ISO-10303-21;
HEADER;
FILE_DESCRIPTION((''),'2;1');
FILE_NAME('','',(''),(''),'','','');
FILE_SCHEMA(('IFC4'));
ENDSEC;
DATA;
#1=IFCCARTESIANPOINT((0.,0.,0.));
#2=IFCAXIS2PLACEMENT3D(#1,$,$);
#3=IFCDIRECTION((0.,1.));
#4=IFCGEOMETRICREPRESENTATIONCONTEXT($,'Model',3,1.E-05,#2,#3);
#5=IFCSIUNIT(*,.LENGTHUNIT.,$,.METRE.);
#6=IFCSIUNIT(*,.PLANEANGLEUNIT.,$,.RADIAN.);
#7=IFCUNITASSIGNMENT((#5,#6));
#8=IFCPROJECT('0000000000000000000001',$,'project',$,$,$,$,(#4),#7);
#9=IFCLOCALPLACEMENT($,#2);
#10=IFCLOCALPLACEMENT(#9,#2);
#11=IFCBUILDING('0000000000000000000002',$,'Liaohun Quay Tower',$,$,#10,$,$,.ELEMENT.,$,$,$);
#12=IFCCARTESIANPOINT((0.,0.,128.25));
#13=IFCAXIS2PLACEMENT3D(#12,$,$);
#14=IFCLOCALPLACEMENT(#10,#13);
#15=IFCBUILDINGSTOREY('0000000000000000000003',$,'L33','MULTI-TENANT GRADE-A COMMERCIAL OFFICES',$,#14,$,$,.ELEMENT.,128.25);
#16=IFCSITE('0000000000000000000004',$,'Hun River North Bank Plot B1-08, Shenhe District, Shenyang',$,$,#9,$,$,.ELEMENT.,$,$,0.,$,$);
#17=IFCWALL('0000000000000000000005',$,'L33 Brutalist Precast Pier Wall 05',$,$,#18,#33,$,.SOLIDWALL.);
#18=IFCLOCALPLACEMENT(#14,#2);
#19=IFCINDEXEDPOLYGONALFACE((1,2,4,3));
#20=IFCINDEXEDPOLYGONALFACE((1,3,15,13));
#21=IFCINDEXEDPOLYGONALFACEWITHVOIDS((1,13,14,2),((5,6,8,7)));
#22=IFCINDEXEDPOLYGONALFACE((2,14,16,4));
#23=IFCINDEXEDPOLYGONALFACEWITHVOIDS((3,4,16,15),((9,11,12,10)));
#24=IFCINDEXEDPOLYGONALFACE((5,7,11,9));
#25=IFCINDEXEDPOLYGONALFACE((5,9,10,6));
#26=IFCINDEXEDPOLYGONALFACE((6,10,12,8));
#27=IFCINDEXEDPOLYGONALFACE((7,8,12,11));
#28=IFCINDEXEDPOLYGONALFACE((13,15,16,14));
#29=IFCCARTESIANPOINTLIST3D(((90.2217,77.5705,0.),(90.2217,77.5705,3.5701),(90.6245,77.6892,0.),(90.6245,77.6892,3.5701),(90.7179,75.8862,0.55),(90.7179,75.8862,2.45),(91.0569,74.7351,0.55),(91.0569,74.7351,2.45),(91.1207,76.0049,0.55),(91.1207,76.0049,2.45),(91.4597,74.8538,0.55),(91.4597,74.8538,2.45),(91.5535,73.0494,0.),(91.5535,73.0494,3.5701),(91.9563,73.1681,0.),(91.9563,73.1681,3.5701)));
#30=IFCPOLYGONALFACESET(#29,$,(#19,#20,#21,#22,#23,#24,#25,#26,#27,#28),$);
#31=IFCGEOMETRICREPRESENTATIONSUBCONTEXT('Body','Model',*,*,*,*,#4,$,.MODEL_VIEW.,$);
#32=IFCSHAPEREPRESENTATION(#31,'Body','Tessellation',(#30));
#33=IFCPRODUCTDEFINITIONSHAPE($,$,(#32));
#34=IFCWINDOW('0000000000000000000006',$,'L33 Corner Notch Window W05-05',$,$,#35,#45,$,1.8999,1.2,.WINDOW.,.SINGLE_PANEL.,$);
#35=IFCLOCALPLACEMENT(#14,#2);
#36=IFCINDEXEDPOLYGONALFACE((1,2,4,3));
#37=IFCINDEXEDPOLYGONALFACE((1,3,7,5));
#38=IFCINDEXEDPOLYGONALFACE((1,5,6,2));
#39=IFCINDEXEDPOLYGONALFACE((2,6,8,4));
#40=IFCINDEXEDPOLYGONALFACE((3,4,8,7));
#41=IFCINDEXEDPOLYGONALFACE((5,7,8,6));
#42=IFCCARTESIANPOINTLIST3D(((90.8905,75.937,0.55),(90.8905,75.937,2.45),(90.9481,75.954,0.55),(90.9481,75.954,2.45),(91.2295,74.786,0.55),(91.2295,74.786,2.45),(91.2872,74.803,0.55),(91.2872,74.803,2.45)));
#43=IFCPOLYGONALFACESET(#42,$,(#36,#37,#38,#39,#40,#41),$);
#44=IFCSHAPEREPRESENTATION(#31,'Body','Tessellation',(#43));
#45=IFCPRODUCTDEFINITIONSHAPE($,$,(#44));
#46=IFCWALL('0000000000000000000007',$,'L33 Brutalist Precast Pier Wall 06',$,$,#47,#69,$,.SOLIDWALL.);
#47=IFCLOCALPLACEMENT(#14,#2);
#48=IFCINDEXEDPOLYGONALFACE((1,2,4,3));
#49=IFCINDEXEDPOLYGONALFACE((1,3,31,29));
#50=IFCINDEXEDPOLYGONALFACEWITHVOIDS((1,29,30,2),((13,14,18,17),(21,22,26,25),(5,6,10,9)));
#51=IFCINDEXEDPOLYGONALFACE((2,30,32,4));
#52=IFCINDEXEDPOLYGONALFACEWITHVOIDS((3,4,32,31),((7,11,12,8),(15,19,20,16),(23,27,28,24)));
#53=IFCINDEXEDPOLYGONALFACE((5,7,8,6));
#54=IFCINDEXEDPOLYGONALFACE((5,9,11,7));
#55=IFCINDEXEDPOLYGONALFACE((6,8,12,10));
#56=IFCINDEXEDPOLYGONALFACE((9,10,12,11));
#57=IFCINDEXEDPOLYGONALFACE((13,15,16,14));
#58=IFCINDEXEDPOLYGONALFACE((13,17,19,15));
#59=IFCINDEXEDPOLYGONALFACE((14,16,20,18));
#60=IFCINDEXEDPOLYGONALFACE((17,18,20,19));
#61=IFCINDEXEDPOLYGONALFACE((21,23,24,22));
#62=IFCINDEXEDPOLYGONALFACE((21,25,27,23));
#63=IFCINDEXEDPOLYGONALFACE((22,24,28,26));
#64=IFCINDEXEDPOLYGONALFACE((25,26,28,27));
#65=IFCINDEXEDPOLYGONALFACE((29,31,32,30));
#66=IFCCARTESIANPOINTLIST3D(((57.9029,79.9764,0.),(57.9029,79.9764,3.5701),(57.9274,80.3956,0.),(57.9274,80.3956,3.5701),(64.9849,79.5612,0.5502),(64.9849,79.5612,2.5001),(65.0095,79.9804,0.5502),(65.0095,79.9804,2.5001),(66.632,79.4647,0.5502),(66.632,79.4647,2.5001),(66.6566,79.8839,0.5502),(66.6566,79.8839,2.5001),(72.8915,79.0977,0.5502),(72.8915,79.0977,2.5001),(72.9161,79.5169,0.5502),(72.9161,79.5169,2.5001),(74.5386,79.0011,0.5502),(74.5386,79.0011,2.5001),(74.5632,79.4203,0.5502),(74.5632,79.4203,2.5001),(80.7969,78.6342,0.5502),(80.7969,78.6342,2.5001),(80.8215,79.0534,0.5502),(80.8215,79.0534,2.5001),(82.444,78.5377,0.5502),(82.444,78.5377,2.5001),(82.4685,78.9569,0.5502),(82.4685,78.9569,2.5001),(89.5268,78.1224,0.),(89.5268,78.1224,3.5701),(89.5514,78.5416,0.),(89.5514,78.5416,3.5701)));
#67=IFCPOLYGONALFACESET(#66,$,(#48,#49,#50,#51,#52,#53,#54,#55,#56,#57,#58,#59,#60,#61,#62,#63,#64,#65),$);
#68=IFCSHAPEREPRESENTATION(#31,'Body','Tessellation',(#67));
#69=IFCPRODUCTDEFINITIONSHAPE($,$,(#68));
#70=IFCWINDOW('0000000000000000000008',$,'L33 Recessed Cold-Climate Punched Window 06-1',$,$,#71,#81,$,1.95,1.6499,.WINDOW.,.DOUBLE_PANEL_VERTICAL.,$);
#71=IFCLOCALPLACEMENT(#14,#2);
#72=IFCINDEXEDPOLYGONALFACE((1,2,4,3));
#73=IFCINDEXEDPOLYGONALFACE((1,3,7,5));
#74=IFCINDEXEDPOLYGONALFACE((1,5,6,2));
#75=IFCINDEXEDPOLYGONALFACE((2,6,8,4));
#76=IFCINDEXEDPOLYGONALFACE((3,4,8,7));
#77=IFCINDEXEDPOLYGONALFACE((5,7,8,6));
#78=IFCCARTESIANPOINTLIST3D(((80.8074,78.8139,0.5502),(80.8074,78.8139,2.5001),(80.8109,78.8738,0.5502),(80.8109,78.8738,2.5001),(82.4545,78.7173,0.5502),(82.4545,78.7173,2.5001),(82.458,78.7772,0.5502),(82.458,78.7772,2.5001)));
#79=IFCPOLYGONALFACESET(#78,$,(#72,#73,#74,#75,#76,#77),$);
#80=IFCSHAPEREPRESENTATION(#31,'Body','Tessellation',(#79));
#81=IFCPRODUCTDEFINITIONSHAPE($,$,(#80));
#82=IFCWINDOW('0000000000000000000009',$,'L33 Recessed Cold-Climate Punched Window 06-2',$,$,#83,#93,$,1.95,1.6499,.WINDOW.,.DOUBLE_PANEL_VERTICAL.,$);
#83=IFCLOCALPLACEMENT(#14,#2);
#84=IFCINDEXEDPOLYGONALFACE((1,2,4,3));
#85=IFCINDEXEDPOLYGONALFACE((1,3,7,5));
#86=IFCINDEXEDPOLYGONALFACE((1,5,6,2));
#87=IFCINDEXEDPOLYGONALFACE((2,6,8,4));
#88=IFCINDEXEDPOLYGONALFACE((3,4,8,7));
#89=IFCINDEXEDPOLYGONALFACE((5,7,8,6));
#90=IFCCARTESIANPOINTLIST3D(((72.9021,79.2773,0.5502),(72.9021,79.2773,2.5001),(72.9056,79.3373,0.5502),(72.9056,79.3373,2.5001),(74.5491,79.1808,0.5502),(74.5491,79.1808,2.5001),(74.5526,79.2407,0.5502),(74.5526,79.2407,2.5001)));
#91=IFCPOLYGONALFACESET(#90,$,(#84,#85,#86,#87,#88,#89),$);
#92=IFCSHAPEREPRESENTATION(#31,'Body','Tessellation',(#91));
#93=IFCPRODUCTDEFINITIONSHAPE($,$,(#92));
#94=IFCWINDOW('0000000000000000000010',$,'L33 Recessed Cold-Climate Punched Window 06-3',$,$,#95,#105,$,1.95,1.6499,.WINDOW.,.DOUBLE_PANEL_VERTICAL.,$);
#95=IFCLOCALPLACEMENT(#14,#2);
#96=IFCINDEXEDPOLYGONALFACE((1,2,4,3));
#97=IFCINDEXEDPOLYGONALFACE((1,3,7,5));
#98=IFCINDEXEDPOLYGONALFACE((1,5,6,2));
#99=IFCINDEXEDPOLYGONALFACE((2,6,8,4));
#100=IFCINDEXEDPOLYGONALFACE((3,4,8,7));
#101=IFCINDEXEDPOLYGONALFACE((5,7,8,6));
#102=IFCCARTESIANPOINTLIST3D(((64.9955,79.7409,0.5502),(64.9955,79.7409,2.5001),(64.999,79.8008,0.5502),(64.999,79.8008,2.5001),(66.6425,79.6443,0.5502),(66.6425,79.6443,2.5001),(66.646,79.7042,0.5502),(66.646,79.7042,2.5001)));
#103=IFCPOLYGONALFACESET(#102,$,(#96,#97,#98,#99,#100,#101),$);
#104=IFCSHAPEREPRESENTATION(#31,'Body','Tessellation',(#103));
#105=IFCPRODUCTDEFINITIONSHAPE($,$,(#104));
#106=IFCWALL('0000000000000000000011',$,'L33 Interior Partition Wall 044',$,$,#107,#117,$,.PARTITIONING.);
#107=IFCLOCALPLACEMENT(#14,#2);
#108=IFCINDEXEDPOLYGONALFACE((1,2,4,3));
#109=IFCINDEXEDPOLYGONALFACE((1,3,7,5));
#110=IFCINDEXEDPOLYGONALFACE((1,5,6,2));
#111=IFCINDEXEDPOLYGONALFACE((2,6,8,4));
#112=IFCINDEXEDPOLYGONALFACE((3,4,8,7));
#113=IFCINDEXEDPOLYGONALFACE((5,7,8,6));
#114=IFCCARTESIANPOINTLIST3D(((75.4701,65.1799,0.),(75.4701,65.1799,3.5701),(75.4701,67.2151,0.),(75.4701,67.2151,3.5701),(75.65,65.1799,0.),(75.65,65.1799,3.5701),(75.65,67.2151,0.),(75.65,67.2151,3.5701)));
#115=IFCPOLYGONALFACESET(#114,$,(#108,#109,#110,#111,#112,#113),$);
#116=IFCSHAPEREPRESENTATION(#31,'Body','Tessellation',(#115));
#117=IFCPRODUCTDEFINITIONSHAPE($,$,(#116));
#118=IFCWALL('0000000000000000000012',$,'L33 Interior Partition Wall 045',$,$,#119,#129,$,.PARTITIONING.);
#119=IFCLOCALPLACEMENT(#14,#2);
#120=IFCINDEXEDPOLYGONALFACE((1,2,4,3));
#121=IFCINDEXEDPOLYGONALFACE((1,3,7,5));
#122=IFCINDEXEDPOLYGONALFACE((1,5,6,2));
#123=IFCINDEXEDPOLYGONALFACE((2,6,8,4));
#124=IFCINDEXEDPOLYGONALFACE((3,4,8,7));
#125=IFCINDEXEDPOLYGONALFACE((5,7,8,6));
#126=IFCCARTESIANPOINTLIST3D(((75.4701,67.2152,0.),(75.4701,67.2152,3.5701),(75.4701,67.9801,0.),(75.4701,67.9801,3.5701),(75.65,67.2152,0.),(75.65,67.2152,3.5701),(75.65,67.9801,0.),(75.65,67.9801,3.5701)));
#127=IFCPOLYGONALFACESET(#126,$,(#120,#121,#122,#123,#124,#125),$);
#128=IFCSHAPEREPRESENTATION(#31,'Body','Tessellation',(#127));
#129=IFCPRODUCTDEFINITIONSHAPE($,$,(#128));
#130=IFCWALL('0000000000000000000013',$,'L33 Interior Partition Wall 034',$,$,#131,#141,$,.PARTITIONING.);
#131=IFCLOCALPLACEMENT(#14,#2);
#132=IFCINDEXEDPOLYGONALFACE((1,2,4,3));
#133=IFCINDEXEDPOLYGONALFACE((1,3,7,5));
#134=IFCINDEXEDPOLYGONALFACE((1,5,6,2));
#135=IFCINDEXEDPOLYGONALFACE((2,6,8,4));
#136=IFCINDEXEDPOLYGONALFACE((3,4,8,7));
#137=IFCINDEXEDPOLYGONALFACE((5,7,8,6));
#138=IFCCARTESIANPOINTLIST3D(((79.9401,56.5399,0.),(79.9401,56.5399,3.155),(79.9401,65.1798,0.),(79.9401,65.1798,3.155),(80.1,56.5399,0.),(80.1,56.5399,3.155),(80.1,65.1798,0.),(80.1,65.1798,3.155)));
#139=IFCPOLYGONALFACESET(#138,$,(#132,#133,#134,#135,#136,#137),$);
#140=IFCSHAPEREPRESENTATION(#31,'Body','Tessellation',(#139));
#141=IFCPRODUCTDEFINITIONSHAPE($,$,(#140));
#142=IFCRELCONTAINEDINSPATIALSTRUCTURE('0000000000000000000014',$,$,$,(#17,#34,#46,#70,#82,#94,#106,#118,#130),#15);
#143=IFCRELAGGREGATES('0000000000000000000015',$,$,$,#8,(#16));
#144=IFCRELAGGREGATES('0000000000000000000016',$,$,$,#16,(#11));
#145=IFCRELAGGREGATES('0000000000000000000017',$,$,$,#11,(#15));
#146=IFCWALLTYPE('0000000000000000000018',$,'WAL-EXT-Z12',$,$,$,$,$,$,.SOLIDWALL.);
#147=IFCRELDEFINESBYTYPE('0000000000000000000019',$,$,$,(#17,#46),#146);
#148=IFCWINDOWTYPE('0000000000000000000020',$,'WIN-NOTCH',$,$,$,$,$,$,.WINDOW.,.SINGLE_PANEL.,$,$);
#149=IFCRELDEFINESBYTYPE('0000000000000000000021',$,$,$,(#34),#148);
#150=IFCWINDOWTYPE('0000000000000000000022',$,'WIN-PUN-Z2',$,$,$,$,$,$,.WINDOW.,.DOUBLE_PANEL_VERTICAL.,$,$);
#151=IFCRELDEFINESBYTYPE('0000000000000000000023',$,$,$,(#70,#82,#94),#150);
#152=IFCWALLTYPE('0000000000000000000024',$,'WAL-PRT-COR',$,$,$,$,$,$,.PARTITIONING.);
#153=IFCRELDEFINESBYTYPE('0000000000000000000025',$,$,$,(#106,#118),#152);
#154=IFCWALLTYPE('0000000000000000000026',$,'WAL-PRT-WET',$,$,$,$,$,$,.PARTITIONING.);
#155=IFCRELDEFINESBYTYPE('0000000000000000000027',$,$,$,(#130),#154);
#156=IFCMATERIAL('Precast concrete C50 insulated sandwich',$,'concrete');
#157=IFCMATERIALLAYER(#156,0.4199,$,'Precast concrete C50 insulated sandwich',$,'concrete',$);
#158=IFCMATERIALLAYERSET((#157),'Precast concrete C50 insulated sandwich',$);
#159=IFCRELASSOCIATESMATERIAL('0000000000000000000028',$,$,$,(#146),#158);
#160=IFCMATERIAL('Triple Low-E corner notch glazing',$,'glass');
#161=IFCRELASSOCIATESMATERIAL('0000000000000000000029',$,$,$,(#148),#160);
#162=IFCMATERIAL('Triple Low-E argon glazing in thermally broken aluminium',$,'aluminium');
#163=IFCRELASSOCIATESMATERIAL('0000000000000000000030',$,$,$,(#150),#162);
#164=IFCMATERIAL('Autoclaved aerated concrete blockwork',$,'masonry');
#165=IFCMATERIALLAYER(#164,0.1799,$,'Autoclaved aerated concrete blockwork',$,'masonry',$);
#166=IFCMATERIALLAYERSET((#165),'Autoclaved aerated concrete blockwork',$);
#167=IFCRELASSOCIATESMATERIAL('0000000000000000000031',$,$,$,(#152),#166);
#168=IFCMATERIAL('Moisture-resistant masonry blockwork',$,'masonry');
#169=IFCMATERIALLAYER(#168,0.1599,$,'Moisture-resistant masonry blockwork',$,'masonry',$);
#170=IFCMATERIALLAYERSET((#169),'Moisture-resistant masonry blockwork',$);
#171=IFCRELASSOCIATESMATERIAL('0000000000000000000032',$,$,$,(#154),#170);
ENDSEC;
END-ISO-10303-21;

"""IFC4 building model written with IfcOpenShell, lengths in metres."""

from ifc_helpers import new_model, si_unit, direction, frame, frame_2d, origin, place, context, subcontext, project, spatial, rectangle, extrude, source, transform, mapped, material, layer, layer_set, type_object, element, fill, save


model = new_model("IFC4")

# Units and contexts
model_context = context("Model", 3, precision=1e-05, world=origin(), true_north=direction((0.0, 1.0)))
body_context = subcontext(model_context, "Body", "Model", "MODEL_VIEW")
ifc_project = project(units=[si_unit("LENGTHUNIT", "METRE"), si_unit("PLANEANGLEUNIT", "RADIAN")], contexts=[model_context])

# Site, building, storey
site_placement = place(None, origin())
site = spatial("IfcSite", under=ifc_project, at=site_placement, Name="Hun River North Bank Plot B1-08, Shenhe District, Shenyang", CompositionType="ELEMENT", RefElevation=0.0)
building_placement = place(site_placement, origin())
building = spatial("IfcBuilding", under=site, at=building_placement, Name="Liaohun Quay Tower", CompositionType="ELEMENT")
storey_placement = place(building_placement, frame((0.0, 0.0, 128.25)))
storey = spatial("IfcBuildingStorey", under=building, at=storey_placement, Name="L33", Description="MULTI-TENANT GRADE-A COMMERCIAL OFFICES", CompositionType="ELEMENT", Elevation=128.25)

# Wall, opening, window
ifc_material_1 = material(Name="Precast concrete C50 insulated sandwich", Category="concrete")
ifc_layer_1 = layer(ifc_material_1, 0.4199, Name="Precast concrete C50 insulated sandwich", Category="concrete")
ifc_layer_set_1 = layer_set([ifc_layer_1], Name="Precast concrete C50 insulated sandwich")
wall_type_1 = type_object("IfcWallType", Name="WAL-EXT-Z12", PredefinedType="SOLIDWALL", material=ifc_layer_set_1)
shared_shape_1 = source(origin(), body_context, "Body", "SweptSolid", [
    extrude(rectangle(XDim=1.2, YDim=1.8999, at=frame_2d((0.6001, 0.95))), frame((0.0, 0.22, 0.0), z_axis=(0.0, -1.0, 0.0), x_axis=(1.0, 0.0, 0.0)), (0.0, 0.0, 1.0), 0.4399),
])
ifc_material_2 = material(Name="Triple Low-E corner notch glazing", Category="glass")
window_type_1 = type_object("IfcWindowType", Name="WIN-NOTCH", PartitioningType="SINGLE_PANEL", PredefinedType="WINDOW", material=ifc_material_2)
shared_shape_2 = source(origin(), body_context, "Body", "SweptSolid", [
    extrude(rectangle(XDim=1.2, YDim=1.8999, at=frame_2d((0.6001, 0.95))), frame((0.0, 0.03, 0.0), z_axis=(0.0, -1.0, 0.0), x_axis=(1.0, 0.0, 0.0)), (0.0, 0.0, 1.0), 0.0601),
])
wall_1_placement = place(storey_placement, frame((91.7549, 73.1089, 0.0), z_axis=(0.0, 0.0, 1.0), x_axis=(-0.282573, 0.959246, 0.0)))
wall_1 = element("IfcWall", 1, at=wall_1_placement, inside=storey, type_object=wall_type_1, Name="L33 Brutalist Precast Pier Wall 05", PredefinedType="SOLIDWALL", context=body_context, shape_type="SweptSolid", body=[
    extrude(rectangle(XDim=4.7131, YDim=0.4199, at=frame_2d((2.3564, 0.0))), origin(), (0.0, 0.0, 1.0), 3.5701),
])
opening_1_placement = place(wall_1_placement, frame((1.7571, 0.0, 0.55)))
opening_1 = element("IfcOpeningElement", 2, at=opening_1_placement, cuts=wall_1, PredefinedType="OPENING", context=body_context, shape_type="MappedRepresentation", body=[
    mapped(shared_shape_1, transform((0.0, 0.0, 0.0), x_axis=(1.0, 0.0, 0.0), y_axis=(0.0, 1.0, 0.0), z_axis=(0.0, 0.0, 1.0), scale=1.0)),
])
window_1_placement = place(opening_1_placement, origin())
window_1 = element("IfcWindow", 3, at=window_1_placement, inside=storey, type_object=window_type_1, Name="L33 Corner Notch Window W05-05", OverallHeight=1.8999, OverallWidth=1.2, PartitioningType="SINGLE_PANEL", PredefinedType="WINDOW", context=body_context, shape_type="MappedRepresentation", body=[
    mapped(shared_shape_2, transform((0.0, 0.0, 0.0), x_axis=(1.0, 0.0, 0.0), y_axis=(0.0, 1.0, 0.0), z_axis=(0.0, 0.0, 1.0), scale=1.0)),
])
fill(opening_1, window_1)

# Wall, openings, windows
wall_2_placement = place(storey_placement, frame((89.5391, 78.332, 0.0), z_axis=(0.0, 0.0, 1.0), x_axis=(-0.998286, 0.058526, 0.0)))
wall_2 = element("IfcWall", 4, at=wall_2_placement, inside=storey, type_object=wall_type_1, Name="L33 Brutalist Precast Pier Wall 06", PredefinedType="SOLIDWALL", context=body_context, shape_type="SweptSolid", body=[
    extrude(rectangle(XDim=31.6782, YDim=0.4199, at=frame_2d((15.8391, 0.0))), origin(), (0.0, 0.0, 1.0), 3.5701),
])
shared_shape_3 = source(origin(), body_context, "Body", "SweptSolid", [
    extrude(rectangle(XDim=1.6499, YDim=1.95, at=frame_2d((0.825, 0.9751))), frame((0.0, 0.22, 0.0), z_axis=(0.0, -1.0, 0.0), x_axis=(1.0, 0.0, 0.0)), (0.0, 0.0, 1.0), 0.4399),
])
opening_2_placement = place(wall_2_placement, frame((7.095, 0.0, 0.55)))
opening_2 = element("IfcOpeningElement", 5, at=opening_2_placement, cuts=wall_2, PredefinedType="OPENING", context=body_context, shape_type="MappedRepresentation", body=[
    mapped(shared_shape_3, transform((0.0, 0.0, 0.0), x_axis=(1.0, 0.0, 0.0), y_axis=(0.0, 1.0, 0.0), z_axis=(0.0, 0.0, 1.0), scale=1.0)),
])
opening_3_placement = place(wall_2_placement, frame((15.0139, 0.0, 0.55)))
opening_3 = element("IfcOpeningElement", 6, at=opening_3_placement, cuts=wall_2, PredefinedType="OPENING", context=body_context, shape_type="MappedRepresentation", body=[
    mapped(shared_shape_3, transform((0.0, 0.0, 0.0), x_axis=(1.0, 0.0, 0.0), y_axis=(0.0, 1.0, 0.0), z_axis=(0.0, 0.0, 1.0), scale=1.0)),
])
opening_4_placement = place(wall_2_placement, frame((22.9341, 0.0, 0.55)))
opening_4 = element("IfcOpeningElement", 7, at=opening_4_placement, cuts=wall_2, PredefinedType="OPENING", context=body_context, shape_type="MappedRepresentation", body=[
    mapped(shared_shape_3, transform((0.0, 0.0, 0.0), x_axis=(1.0, 0.0, 0.0), y_axis=(0.0, 1.0, 0.0), z_axis=(0.0, 0.0, 1.0), scale=1.0)),
])
ifc_material_3 = material(Name="Triple Low-E argon glazing in thermally broken aluminium", Category="aluminium")
window_type_2 = type_object("IfcWindowType", Name="WIN-PUN-Z2", PartitioningType="DOUBLE_PANEL_VERTICAL", PredefinedType="WINDOW", material=ifc_material_3)
shared_shape_4 = source(origin(), body_context, "Body", "SweptSolid", [
    extrude(rectangle(XDim=1.6499, YDim=1.95, at=frame_2d((0.825, 0.9751))), frame((0.0, 0.03, 0.0), z_axis=(0.0, -1.0, 0.0), x_axis=(1.0, 0.0, 0.0)), (0.0, 0.0, 1.0), 0.0601),
])
window_2_placement = place(opening_2_placement, origin())
window_2 = element("IfcWindow", 8, at=window_2_placement, inside=storey, type_object=window_type_2, Name="L33 Recessed Cold-Climate Punched Window 06-1", OverallHeight=1.95, OverallWidth=1.6499, PartitioningType="DOUBLE_PANEL_VERTICAL", PredefinedType="WINDOW", context=body_context, shape_type="MappedRepresentation", body=[
    mapped(shared_shape_4, transform((0.0, 0.0, 0.0), x_axis=(1.0, 0.0, 0.0), y_axis=(0.0, 1.0, 0.0), z_axis=(0.0, 0.0, 1.0), scale=1.0)),
])
fill(opening_2, window_2)
window_3_placement = place(opening_3_placement, origin())
window_3 = element("IfcWindow", 9, at=window_3_placement, inside=storey, type_object=window_type_2, Name="L33 Recessed Cold-Climate Punched Window 06-2", OverallHeight=1.95, OverallWidth=1.6499, PartitioningType="DOUBLE_PANEL_VERTICAL", PredefinedType="WINDOW", context=body_context, shape_type="MappedRepresentation", body=[
    mapped(shared_shape_4, transform((0.0, 0.0, 0.0), x_axis=(1.0, 0.0, 0.0), y_axis=(0.0, 1.0, 0.0), z_axis=(0.0, 0.0, 1.0), scale=1.0)),
])
fill(opening_3, window_3)
window_4_placement = place(opening_4_placement, origin())
window_4 = element("IfcWindow", 10, at=window_4_placement, inside=storey, type_object=window_type_2, Name="L33 Recessed Cold-Climate Punched Window 06-3", OverallHeight=1.95, OverallWidth=1.6499, PartitioningType="DOUBLE_PANEL_VERTICAL", PredefinedType="WINDOW", context=body_context, shape_type="MappedRepresentation", body=[
    mapped(shared_shape_4, transform((0.0, 0.0, 0.0), x_axis=(1.0, 0.0, 0.0), y_axis=(0.0, 1.0, 0.0), z_axis=(0.0, 0.0, 1.0), scale=1.0)),
])
fill(opening_4, window_4)

# Walls
ifc_material_4 = material(Name="Autoclaved aerated concrete blockwork", Category="masonry")
ifc_layer_2 = layer(ifc_material_4, 0.1799, Name="Autoclaved aerated concrete blockwork", Category="masonry")
ifc_layer_set_2 = layer_set([ifc_layer_2], Name="Autoclaved aerated concrete blockwork")
wall_type_2 = type_object("IfcWallType", Name="WAL-PRT-COR", PredefinedType="PARTITIONING", material=ifc_layer_set_2)
wall_3_placement = place(storey_placement, frame((75.5601, 67.2151, 0.0), z_axis=(0.0, 0.0, 1.0), x_axis=(0.0, -1.0, 0.0)))
element("IfcWall", 11, at=wall_3_placement, inside=storey, type_object=wall_type_2, Name="L33 Interior Partition Wall 044", PredefinedType="PARTITIONING", context=body_context, shape_type="SweptSolid", body=[
    extrude(rectangle(XDim=2.0352, YDim=0.1799, at=frame_2d((1.0176, 0.0))), origin(), (0.0, 0.0, 1.0), 3.5701),
])
wall_4_placement = place(storey_placement, frame((75.5601, 67.98, 0.0), z_axis=(0.0, 0.0, 1.0), x_axis=(0.0, -1.0, 0.0)))
element("IfcWall", 12, at=wall_4_placement, inside=storey, type_object=wall_type_2, Name="L33 Interior Partition Wall 045", PredefinedType="PARTITIONING", context=body_context, shape_type="SweptSolid", body=[
    extrude(rectangle(XDim=0.7649, YDim=0.1799, at=frame_2d((0.3823, 0.0))), origin(), (0.0, 0.0, 1.0), 3.5701),
])
ifc_material_5 = material(Name="Moisture-resistant masonry blockwork", Category="masonry")
ifc_layer_3 = layer(ifc_material_5, 0.1599, Name="Moisture-resistant masonry blockwork", Category="masonry")
ifc_layer_set_3 = layer_set([ifc_layer_3], Name="Moisture-resistant masonry blockwork")
wall_type_3 = type_object("IfcWallType", Name="WAL-PRT-WET", PredefinedType="PARTITIONING", material=ifc_layer_set_3)
wall_5_placement = place(storey_placement, frame((80.02, 56.54, 0.0), z_axis=(0.0, 0.0, 1.0), x_axis=(0.0, 1.0, 0.0)))
element("IfcWall", 13, at=wall_5_placement, inside=storey, type_object=wall_type_3, Name="L33 Interior Partition Wall 034", PredefinedType="PARTITIONING", context=body_context, shape_type="SweptSolid", body=[
    extrude(rectangle(XDim=8.6399, YDim=0.1599, at=frame_2d((4.3198, 0.0))), origin(), (0.0, 0.0, 1.0), 3.155),
])

save(model, "model.ifc")
